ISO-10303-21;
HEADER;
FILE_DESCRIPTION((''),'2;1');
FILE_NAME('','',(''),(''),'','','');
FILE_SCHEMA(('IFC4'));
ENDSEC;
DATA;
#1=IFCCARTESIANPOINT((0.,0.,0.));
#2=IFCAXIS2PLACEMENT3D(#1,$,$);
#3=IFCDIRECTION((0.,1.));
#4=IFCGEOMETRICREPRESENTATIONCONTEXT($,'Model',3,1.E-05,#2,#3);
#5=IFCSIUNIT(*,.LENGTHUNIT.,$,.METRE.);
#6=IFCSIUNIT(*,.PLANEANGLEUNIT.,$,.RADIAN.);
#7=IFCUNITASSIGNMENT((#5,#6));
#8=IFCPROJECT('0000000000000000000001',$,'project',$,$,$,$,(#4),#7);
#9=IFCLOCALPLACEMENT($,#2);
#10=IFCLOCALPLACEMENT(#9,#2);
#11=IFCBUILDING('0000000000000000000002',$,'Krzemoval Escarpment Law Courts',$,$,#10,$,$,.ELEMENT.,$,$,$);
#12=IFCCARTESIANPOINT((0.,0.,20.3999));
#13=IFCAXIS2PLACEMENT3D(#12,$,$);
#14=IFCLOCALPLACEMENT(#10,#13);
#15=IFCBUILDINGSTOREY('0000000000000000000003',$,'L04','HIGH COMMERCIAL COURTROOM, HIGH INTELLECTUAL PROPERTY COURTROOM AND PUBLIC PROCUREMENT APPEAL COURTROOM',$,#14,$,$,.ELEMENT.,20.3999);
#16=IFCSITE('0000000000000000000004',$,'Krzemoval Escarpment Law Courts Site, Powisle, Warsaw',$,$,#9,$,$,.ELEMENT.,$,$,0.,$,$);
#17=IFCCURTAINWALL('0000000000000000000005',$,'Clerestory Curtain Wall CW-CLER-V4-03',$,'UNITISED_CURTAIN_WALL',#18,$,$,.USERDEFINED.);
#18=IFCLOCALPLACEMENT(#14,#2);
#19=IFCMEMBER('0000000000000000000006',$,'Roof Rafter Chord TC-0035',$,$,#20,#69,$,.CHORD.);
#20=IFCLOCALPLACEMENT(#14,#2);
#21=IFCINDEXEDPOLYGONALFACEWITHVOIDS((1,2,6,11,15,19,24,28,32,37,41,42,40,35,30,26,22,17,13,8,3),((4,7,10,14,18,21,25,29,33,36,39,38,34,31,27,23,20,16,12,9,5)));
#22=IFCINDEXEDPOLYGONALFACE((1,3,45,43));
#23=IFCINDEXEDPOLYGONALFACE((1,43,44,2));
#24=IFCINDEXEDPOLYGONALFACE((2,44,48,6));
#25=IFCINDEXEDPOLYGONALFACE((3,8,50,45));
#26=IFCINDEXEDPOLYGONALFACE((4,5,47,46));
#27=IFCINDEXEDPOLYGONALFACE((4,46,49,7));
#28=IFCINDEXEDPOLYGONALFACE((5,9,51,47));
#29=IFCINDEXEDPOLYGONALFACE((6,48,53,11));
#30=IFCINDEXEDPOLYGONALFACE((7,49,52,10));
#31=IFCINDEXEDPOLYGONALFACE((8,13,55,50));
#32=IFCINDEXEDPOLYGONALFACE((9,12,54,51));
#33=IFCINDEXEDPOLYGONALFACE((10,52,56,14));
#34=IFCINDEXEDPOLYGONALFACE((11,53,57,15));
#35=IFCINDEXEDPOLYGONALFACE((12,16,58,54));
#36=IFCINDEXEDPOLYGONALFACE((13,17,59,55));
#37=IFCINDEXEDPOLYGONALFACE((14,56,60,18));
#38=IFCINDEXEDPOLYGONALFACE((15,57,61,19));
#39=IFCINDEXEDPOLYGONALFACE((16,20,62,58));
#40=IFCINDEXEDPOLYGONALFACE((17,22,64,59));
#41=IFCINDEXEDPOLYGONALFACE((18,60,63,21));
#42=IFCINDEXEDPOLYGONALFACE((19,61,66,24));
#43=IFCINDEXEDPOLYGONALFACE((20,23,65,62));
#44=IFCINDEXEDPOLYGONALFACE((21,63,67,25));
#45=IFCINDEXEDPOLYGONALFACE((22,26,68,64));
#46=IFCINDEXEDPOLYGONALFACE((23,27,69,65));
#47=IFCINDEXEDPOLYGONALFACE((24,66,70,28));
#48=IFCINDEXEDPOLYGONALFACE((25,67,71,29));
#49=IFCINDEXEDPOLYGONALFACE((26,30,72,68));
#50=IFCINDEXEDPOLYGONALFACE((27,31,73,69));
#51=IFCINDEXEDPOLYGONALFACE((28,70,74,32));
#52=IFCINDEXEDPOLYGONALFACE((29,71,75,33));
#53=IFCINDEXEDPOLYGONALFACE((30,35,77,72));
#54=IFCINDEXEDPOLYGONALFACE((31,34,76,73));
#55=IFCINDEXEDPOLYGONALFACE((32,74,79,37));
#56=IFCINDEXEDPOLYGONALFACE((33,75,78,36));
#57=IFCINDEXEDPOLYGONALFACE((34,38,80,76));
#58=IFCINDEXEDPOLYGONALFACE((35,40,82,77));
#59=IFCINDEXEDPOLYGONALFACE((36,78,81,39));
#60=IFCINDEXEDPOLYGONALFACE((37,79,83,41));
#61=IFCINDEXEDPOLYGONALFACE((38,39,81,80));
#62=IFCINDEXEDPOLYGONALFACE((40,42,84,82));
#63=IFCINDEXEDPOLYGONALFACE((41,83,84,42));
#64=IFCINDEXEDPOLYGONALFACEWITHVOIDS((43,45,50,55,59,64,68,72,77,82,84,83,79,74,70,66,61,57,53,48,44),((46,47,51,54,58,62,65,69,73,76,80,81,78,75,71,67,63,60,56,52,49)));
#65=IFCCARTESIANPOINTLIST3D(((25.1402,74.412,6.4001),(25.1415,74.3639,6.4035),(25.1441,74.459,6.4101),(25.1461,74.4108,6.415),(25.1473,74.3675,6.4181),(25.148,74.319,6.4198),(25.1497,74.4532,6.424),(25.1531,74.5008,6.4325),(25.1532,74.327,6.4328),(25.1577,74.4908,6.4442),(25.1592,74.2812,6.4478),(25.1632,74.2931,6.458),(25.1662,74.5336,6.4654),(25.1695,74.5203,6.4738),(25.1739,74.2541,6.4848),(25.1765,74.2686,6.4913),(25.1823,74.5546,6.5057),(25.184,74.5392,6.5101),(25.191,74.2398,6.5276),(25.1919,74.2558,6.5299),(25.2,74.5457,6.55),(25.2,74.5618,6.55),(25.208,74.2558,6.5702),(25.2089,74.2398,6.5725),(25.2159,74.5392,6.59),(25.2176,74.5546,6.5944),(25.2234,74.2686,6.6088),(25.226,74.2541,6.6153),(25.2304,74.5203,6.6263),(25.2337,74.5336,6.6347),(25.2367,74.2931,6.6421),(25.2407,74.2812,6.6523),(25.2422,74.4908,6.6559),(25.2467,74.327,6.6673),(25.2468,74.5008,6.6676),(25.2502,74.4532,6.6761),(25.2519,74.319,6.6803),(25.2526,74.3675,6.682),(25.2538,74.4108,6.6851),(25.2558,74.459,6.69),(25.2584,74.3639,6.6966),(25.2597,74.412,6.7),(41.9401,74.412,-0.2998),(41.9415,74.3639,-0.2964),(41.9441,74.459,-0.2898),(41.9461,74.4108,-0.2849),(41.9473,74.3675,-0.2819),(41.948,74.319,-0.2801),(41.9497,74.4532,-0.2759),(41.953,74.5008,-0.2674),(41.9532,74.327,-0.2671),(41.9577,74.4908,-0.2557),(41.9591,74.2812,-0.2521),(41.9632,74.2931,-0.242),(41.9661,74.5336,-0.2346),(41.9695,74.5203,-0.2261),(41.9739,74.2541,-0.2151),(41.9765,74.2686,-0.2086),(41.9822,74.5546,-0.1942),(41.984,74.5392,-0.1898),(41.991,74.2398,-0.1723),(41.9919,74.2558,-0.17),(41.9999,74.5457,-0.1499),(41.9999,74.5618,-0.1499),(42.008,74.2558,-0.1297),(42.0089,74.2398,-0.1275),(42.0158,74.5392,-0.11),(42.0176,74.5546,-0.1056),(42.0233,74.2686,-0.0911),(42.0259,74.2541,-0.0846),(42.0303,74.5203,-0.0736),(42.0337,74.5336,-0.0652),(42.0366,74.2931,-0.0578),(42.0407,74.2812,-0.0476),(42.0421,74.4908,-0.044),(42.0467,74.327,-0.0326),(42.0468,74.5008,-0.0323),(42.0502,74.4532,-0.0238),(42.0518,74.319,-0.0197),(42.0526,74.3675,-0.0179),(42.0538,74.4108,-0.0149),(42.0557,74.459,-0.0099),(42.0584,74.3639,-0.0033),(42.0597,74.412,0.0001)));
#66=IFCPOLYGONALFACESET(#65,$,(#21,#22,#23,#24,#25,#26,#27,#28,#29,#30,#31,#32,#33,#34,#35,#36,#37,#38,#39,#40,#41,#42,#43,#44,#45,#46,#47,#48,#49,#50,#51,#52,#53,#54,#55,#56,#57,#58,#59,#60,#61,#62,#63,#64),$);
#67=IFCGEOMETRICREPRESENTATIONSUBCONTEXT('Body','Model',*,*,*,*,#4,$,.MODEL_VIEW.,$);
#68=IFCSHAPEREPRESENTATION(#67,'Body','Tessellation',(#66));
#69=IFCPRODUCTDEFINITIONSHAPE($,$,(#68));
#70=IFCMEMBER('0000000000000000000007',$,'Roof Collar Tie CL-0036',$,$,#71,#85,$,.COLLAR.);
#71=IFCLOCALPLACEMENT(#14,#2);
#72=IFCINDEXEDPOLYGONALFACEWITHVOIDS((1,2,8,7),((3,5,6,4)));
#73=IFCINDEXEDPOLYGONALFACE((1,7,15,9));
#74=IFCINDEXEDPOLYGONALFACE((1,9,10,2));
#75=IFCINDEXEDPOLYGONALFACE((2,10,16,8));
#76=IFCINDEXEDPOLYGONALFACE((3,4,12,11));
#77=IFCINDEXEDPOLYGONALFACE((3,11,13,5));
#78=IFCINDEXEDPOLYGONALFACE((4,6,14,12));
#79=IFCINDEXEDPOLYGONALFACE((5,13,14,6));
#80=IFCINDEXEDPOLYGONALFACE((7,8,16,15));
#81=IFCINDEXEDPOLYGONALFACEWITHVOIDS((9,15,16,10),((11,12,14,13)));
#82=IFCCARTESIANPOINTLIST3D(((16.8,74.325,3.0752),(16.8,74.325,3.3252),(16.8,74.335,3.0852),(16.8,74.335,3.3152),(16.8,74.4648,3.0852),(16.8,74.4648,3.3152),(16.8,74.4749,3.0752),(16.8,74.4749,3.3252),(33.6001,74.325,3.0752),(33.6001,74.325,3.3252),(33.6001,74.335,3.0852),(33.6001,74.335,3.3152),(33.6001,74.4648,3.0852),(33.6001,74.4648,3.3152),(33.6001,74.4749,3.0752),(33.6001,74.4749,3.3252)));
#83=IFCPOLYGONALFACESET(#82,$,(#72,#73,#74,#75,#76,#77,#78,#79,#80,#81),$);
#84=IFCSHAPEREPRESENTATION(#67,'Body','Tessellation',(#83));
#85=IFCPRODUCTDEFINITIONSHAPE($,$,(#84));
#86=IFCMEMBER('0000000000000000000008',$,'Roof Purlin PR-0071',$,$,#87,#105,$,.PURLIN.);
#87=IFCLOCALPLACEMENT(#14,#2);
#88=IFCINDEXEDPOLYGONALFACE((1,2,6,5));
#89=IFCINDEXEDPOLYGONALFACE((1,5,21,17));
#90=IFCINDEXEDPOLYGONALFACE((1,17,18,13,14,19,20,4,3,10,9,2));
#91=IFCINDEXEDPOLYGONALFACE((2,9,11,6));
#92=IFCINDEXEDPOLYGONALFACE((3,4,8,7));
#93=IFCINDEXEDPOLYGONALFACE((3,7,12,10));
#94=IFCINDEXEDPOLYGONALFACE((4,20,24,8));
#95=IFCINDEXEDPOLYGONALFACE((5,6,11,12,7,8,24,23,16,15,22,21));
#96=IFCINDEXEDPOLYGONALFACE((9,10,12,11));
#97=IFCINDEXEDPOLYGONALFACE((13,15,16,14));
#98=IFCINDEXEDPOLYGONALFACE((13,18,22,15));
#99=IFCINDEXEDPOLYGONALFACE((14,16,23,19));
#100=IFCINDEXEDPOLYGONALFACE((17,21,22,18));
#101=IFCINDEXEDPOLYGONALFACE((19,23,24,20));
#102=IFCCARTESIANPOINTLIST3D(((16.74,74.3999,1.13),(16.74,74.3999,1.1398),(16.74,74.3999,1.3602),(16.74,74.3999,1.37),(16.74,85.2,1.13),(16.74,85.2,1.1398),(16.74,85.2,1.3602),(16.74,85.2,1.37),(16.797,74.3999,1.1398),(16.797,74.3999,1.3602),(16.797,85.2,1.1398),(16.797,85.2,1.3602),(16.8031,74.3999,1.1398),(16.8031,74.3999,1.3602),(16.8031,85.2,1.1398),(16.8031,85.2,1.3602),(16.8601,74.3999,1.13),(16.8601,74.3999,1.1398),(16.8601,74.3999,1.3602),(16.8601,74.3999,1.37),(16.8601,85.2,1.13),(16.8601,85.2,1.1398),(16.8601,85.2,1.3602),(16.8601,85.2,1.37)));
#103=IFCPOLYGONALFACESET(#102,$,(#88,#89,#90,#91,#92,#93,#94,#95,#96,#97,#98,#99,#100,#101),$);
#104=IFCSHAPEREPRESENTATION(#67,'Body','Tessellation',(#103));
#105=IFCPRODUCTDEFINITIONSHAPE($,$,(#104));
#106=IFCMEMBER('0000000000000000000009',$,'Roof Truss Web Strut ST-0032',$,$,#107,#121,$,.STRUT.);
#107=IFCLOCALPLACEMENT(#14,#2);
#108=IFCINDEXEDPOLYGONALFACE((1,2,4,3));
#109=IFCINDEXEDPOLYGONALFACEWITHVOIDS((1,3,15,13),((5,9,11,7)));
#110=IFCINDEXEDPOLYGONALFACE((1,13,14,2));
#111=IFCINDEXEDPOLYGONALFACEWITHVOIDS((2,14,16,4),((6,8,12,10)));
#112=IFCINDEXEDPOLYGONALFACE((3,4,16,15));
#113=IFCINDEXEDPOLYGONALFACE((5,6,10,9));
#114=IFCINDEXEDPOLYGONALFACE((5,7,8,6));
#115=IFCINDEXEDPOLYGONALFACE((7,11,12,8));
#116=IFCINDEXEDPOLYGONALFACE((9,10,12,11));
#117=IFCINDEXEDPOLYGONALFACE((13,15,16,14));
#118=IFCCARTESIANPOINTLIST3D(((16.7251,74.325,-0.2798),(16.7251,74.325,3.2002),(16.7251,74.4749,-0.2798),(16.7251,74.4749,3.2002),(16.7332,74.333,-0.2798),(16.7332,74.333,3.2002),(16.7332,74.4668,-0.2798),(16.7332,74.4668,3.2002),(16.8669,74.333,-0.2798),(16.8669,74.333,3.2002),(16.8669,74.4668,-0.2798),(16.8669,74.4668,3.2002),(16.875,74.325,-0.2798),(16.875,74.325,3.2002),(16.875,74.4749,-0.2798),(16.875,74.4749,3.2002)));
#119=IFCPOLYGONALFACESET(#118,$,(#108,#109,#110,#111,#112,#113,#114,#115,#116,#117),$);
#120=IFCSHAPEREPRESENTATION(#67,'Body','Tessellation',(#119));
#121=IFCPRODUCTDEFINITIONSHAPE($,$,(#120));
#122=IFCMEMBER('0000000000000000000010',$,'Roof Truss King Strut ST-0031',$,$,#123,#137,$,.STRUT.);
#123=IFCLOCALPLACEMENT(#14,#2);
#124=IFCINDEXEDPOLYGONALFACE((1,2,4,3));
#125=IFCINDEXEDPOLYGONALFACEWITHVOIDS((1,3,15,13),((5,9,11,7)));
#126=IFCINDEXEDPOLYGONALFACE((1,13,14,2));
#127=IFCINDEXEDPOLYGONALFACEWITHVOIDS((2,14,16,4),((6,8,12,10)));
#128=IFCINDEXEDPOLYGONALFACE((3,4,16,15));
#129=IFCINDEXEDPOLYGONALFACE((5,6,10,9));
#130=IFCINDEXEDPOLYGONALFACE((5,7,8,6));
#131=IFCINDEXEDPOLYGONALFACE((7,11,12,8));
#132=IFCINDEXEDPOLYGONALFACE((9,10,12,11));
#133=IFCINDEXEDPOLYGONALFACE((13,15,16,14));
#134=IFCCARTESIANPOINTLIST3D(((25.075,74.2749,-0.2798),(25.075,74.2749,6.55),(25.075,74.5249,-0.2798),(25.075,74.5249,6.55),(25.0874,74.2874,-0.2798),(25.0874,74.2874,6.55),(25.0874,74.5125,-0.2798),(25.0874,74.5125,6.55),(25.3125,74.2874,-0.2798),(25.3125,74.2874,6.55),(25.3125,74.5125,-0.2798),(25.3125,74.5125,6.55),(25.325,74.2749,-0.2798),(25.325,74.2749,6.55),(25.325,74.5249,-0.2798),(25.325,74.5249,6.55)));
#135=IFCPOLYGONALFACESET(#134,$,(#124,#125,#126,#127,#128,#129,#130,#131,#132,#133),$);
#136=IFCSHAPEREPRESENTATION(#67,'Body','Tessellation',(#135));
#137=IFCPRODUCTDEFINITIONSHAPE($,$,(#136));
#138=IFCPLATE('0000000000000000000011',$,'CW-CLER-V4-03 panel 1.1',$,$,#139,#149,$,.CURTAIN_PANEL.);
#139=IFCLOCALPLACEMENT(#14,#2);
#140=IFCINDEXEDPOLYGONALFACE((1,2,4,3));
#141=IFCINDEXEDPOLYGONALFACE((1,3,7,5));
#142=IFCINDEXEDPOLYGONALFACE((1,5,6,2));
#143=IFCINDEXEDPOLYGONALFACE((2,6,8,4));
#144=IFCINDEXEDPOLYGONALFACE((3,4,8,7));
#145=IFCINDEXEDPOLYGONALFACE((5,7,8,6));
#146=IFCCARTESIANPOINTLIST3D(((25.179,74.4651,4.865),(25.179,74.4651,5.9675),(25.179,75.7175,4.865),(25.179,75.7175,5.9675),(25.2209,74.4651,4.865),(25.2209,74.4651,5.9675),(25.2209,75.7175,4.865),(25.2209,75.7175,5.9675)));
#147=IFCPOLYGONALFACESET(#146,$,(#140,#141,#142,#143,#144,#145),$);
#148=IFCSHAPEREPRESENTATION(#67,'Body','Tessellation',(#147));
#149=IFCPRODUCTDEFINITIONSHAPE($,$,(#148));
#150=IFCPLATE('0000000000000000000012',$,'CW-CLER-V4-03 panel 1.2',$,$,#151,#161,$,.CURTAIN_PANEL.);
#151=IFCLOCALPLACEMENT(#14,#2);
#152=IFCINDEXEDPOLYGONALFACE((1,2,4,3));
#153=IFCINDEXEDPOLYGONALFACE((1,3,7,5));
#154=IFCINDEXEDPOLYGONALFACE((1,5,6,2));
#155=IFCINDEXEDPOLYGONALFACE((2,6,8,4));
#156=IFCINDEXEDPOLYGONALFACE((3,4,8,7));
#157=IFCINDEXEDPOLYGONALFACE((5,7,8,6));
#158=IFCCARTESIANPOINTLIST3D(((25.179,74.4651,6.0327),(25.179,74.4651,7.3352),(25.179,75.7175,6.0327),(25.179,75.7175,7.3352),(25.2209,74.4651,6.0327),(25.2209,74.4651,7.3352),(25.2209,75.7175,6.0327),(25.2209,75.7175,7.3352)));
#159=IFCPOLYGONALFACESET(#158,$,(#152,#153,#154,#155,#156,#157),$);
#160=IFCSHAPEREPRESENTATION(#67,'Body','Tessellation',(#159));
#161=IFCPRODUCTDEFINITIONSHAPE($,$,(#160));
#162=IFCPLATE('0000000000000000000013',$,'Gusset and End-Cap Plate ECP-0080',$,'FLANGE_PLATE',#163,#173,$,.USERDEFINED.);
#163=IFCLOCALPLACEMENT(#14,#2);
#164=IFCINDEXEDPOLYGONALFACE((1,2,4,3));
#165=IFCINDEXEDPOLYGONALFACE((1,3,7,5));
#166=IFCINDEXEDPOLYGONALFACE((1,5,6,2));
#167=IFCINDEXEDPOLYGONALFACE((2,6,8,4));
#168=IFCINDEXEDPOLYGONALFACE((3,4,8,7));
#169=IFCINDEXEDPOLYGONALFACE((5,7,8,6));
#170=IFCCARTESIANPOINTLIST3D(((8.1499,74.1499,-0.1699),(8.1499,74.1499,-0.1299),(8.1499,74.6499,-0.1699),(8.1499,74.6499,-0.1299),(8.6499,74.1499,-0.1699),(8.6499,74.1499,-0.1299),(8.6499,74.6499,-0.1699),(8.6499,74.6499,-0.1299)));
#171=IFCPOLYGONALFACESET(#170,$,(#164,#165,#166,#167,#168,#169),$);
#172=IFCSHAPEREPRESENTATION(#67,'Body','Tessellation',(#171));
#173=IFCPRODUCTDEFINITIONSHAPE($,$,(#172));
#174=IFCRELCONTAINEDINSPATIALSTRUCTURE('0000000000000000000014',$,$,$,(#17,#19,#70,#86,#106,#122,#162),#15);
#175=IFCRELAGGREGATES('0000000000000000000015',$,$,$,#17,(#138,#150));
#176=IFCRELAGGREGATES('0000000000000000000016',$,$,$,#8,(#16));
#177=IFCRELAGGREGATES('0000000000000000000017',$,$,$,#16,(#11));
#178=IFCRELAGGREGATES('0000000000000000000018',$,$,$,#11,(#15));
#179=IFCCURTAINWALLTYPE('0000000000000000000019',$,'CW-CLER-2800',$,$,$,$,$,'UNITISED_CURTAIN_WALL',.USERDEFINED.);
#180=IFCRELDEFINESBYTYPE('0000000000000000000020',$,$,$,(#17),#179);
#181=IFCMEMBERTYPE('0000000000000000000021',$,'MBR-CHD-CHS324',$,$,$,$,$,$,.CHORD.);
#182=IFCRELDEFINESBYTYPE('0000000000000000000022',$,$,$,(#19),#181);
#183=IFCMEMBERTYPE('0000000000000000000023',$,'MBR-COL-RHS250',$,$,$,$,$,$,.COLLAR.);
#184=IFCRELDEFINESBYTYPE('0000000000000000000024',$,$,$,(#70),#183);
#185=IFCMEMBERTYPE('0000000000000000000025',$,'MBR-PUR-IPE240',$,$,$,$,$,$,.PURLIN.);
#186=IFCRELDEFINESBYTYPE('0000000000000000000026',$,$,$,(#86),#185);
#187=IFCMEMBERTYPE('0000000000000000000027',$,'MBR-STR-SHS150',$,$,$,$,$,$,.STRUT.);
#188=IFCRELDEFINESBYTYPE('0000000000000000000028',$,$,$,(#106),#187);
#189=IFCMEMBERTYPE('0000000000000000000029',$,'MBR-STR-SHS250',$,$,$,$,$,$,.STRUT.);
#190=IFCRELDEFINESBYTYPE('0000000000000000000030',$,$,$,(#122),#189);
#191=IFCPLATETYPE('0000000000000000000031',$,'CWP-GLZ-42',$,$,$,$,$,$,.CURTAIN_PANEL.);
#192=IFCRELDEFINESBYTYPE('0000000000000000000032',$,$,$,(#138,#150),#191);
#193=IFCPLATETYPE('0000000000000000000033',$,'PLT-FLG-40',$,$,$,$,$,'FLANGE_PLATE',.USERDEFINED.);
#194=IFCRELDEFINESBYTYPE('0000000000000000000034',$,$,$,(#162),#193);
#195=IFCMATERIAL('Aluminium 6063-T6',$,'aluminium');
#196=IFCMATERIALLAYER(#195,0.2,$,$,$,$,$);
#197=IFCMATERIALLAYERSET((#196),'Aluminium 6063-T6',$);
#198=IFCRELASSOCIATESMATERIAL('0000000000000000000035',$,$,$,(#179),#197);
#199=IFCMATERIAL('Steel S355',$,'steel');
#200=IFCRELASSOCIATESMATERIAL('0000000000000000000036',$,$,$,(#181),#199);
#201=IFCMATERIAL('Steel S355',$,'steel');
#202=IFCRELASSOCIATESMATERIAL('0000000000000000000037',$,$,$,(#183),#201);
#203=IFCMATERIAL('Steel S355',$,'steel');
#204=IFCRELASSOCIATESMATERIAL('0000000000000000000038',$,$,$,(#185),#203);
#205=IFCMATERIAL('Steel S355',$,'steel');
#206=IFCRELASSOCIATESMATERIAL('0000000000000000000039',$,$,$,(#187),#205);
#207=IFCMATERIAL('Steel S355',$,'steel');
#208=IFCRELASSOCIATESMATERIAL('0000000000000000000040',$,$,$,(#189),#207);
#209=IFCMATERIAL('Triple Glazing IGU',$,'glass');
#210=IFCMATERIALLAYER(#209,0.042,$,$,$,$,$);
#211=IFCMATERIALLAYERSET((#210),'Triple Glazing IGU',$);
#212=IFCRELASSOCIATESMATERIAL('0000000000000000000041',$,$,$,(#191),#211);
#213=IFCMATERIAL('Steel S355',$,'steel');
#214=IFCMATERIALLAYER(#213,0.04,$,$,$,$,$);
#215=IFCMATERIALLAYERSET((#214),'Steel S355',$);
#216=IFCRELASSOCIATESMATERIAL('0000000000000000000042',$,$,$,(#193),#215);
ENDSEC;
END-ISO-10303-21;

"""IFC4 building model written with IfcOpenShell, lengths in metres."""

from ifc_helpers import new_model, si_unit, direction, frame, origin, origin_2d, place, context, subcontext, project, spatial, rectangle, hollow_rectangle, hollow_circle, i_section, extrude, material, layer, layer_set, material_profile, profile_set, type_object, element, aggregate, save


model = new_model("IFC4")

# Units and contexts
model_context = context("Model", 3, precision=1e-05, world=origin(), true_north=direction((0.0, 1.0)))
body_context = subcontext(model_context, "Body", "Model", "MODEL_VIEW")
ifc_project = project(units=[si_unit("LENGTHUNIT", "METRE"), si_unit("PLANEANGLEUNIT", "RADIAN")], contexts=[model_context])

# Site, building, storey
site_placement = place(None, origin())
site = spatial("IfcSite", under=ifc_project, at=site_placement, Name="Krzemoval Escarpment Law Courts Site, Powisle, Warsaw", CompositionType="ELEMENT", RefElevation=0.0)
building_placement = place(site_placement, origin())
building = spatial("IfcBuilding", under=site, at=building_placement, Name="Krzemoval Escarpment Law Courts", CompositionType="ELEMENT")
storey_placement = place(building_placement, frame((0.0, 0.0, 20.3999)))
storey = spatial("IfcBuildingStorey", under=building, at=storey_placement, Name="L04", Description="HIGH COMMERCIAL COURTROOM, HIGH INTELLECTUAL PROPERTY COURTROOM AND PUBLIC PROCUREMENT APPEAL COURTROOM", CompositionType="ELEMENT", Elevation=20.3999)

# Curtain wall
ifc_material_1 = material(Name="Aluminium 6063-T6", Category="aluminium")
ifc_layer_1 = layer(ifc_material_1, 0.2)
ifc_layer_set_1 = layer_set([ifc_layer_1], Name="Aluminium 6063-T6")
curtain_wall_type = type_object("IfcCurtainWallType", Name="CW-CLER-2800", ElementType="UNITISED_CURTAIN_WALL", PredefinedType="USERDEFINED", material=ifc_layer_set_1)
curtain_wall_placement = place(storey_placement, origin())
curtain_wall = element("IfcCurtainWall", 1, at=curtain_wall_placement, inside=storey, type_object=curtain_wall_type, Name="Clerestory Curtain Wall CW-CLER-V4-03", ObjectType="UNITISED_CURTAIN_WALL", PredefinedType="USERDEFINED")

# Members
ifc_material_2 = material(Name="Steel S355", Category="steel")
ifc_material_profile_1 = material_profile(ifc_material_2, hollow_circle(Radius=0.1619, WallThickness=0.0161, at=origin_2d()), Name="CHS 323.9x16")
ifc_profile_set_1 = profile_set([ifc_material_profile_1], Name="Steel S355")
member_type_1 = type_object("IfcMemberType", Name="MBR-CHD-CHS324", PredefinedType="CHORD", material=ifc_profile_set_1)
for number, where, z_axis, x_axis, name in (
    (2, (25.2, 74.3999, 6.55), (0.928859, 0.0, -0.370434), (0.0, 1.0, 0.0), "Roof Rafter Chord TC-0035"),
):
    element("IfcMember", number, at=place(storey_placement, frame(where, z_axis=z_axis, x_axis=x_axis)), inside=storey, type_object=member_type_1, Name=name, PredefinedType="CHORD", context=body_context, shape_type="SweptSolid", body=[
        extrude(hollow_circle(Radius=0.1619, WallThickness=0.0161, at=origin_2d()), origin(), (0.0, 0.0, 1.0), 18.0867),
    ])
ifc_material_3 = material(Name="Steel S355", Category="steel")
ifc_material_profile_2 = material_profile(ifc_material_3, hollow_rectangle(XDim=0.1499, YDim=0.25, WallThickness=0.01, at=origin_2d()), Name="RHS 250x150x10")
ifc_profile_set_2 = profile_set([ifc_material_profile_2], Name="Steel S355")
member_type_2 = type_object("IfcMemberType", Name="MBR-COL-RHS250", PredefinedType="COLLAR", material=ifc_profile_set_2)
member_1_placement = place(storey_placement, frame((16.8, 74.3999, 3.2002), z_axis=(1.0, 0.0, 0.0), x_axis=(0.0, 1.0, 0.0)))
element("IfcMember", 3, at=member_1_placement, inside=storey, type_object=member_type_2, Name="Roof Collar Tie CL-0036", PredefinedType="COLLAR", context=body_context, shape_type="SweptSolid", body=[
    extrude(hollow_rectangle(XDim=0.1499, YDim=0.25, WallThickness=0.01, at=origin_2d()), origin(), (0.0, 0.0, 1.0), 16.8),
])
ifc_material_4 = material(Name="Steel S355", Category="steel")
ifc_material_profile_3 = material_profile(ifc_material_4, i_section(OverallWidth=0.1201, OverallDepth=0.24, WebThickness=0.0061, FlangeThickness=0.0098, at=origin_2d()), Name="IPE 240")
ifc_profile_set_3 = profile_set([ifc_material_profile_3], Name="Steel S355")
member_type_3 = type_object("IfcMemberType", Name="MBR-PUR-IPE240", PredefinedType="PURLIN", material=ifc_profile_set_3)
member_2_placement = place(storey_placement, frame((16.8, 74.3999, 1.25), z_axis=(0.0, 1.0, 0.0), x_axis=(-1.0, 0.0, 0.0)))
element("IfcMember", 4, at=member_2_placement, inside=storey, type_object=member_type_3, Name="Roof Purlin PR-0071", PredefinedType="PURLIN", context=body_context, shape_type="SweptSolid", body=[
    extrude(i_section(OverallWidth=0.1201, OverallDepth=0.24, WebThickness=0.0061, FlangeThickness=0.0098, at=origin_2d()), origin(), (0.0, 0.0, 1.0), 10.8),
])
ifc_material_5 = material(Name="Steel S355", Category="steel")
ifc_material_profile_4 = material_profile(ifc_material_5, hollow_rectangle(XDim=0.1499, YDim=0.1499, WallThickness=0.0081, at=origin_2d()), Name="SHS 150x150x8")
ifc_profile_set_4 = profile_set([ifc_material_profile_4], Name="Steel S355")
member_type_4 = type_object("IfcMemberType", Name="MBR-STR-SHS150", PredefinedType="STRUT", material=ifc_profile_set_4)
member_3_placement = place(storey_placement, frame((16.8, 74.3999, -0.2798), z_axis=(0.0, 0.0, 1.0), x_axis=(1.0, 0.0, 0.0)))
element("IfcMember", 5, at=member_3_placement, inside=storey, type_object=member_type_4, Name="Roof Truss Web Strut ST-0032", PredefinedType="STRUT", context=body_context, shape_type="SweptSolid", body=[
    extrude(hollow_rectangle(XDim=0.1499, YDim=0.1499, WallThickness=0.0081, at=origin_2d()), origin(), (0.0, 0.0, 1.0), 3.48),
])
ifc_material_6 = material(Name="Steel S355", Category="steel")
ifc_material_profile_5 = material_profile(ifc_material_6, hollow_rectangle(XDim=0.25, YDim=0.25, WallThickness=0.0125, at=origin_2d()), Name="SHS 250x250x12.5")
ifc_profile_set_5 = profile_set([ifc_material_profile_5], Name="Steel S355")
member_type_5 = type_object("IfcMemberType", Name="MBR-STR-SHS250", PredefinedType="STRUT", material=ifc_profile_set_5)
member_4_placement = place(storey_placement, frame((25.2, 74.3999, -0.2798), z_axis=(0.0, 0.0, 1.0), x_axis=(1.0, 0.0, 0.0)))
element("IfcMember", 6, at=member_4_placement, inside=storey, type_object=member_type_5, Name="Roof Truss King Strut ST-0031", PredefinedType="STRUT", context=body_context, shape_type="SweptSolid", body=[
    extrude(hollow_rectangle(XDim=0.25, YDim=0.25, WallThickness=0.0125, at=origin_2d()), origin(), (0.0, 0.0, 1.0), 6.8298),
])

# Plates
ifc_material_7 = material(Name="Triple Glazing IGU", Category="glass")
ifc_layer_2 = layer(ifc_material_7, 0.042)
ifc_layer_set_2 = layer_set([ifc_layer_2], Name="Triple Glazing IGU")
plate_type_1 = type_object("IfcPlateType", Name="CWP-GLZ-42", PredefinedType="CURTAIN_PANEL", material=ifc_layer_set_2)
plate_1_placement = place(storey_placement, frame((25.2, 75.0913, 4.865), z_axis=(0.0, 0.0, 1.0), x_axis=(0.0, 1.0, 0.0)))
plate_1 = element("IfcPlate", 7, at=plate_1_placement, type_object=plate_type_1, Name="CW-CLER-V4-03 panel 1.1", PredefinedType="CURTAIN_PANEL", context=body_context, shape_type="SweptSolid", body=[
    extrude(rectangle(XDim=1.2524, YDim=0.042, at=origin_2d()), origin(), (0.0, 0.0, 1.0), 1.1025),
])
plate_2_placement = place(storey_placement, frame((25.2, 75.0913, 6.0327), z_axis=(0.0, 0.0, 1.0), x_axis=(0.0, 1.0, 0.0)))
plate_2 = element("IfcPlate", 8, at=plate_2_placement, type_object=plate_type_1, Name="CW-CLER-V4-03 panel 1.2", PredefinedType="CURTAIN_PANEL", context=body_context, shape_type="SweptSolid", body=[
    extrude(rectangle(XDim=1.2524, YDim=0.042, at=origin_2d()), origin(), (0.0, 0.0, 1.0), 1.3025),
])
aggregate(curtain_wall, [plate_1, plate_2])

# Plate
ifc_material_8 = material(Name="Steel S355", Category="steel")
ifc_layer_3 = layer(ifc_material_8, 0.04)
ifc_layer_set_3 = layer_set([ifc_layer_3], Name="Steel S355")
plate_type_2 = type_object("IfcPlateType", Name="PLT-FLG-40", ElementType="FLANGE_PLATE", PredefinedType="USERDEFINED", material=ifc_layer_set_3)
plate_3_placement = place(storey_placement, frame((8.3999, 74.3999, -0.1699), z_axis=(0.0, 0.0, 1.0), x_axis=(1.0, 0.0, 0.0)))
element("IfcPlate", 9, at=plate_3_placement, inside=storey, type_object=plate_type_2, Name="Gusset and End-Cap Plate ECP-0080", ObjectType="FLANGE_PLATE", PredefinedType="USERDEFINED", context=body_context, shape_type="SweptSolid", body=[
    extrude(rectangle(XDim=0.5, YDim=0.5, at=origin_2d()), origin(), (0.0, 0.0, 1.0), 0.04),
])

save(model, "model.ifc")
